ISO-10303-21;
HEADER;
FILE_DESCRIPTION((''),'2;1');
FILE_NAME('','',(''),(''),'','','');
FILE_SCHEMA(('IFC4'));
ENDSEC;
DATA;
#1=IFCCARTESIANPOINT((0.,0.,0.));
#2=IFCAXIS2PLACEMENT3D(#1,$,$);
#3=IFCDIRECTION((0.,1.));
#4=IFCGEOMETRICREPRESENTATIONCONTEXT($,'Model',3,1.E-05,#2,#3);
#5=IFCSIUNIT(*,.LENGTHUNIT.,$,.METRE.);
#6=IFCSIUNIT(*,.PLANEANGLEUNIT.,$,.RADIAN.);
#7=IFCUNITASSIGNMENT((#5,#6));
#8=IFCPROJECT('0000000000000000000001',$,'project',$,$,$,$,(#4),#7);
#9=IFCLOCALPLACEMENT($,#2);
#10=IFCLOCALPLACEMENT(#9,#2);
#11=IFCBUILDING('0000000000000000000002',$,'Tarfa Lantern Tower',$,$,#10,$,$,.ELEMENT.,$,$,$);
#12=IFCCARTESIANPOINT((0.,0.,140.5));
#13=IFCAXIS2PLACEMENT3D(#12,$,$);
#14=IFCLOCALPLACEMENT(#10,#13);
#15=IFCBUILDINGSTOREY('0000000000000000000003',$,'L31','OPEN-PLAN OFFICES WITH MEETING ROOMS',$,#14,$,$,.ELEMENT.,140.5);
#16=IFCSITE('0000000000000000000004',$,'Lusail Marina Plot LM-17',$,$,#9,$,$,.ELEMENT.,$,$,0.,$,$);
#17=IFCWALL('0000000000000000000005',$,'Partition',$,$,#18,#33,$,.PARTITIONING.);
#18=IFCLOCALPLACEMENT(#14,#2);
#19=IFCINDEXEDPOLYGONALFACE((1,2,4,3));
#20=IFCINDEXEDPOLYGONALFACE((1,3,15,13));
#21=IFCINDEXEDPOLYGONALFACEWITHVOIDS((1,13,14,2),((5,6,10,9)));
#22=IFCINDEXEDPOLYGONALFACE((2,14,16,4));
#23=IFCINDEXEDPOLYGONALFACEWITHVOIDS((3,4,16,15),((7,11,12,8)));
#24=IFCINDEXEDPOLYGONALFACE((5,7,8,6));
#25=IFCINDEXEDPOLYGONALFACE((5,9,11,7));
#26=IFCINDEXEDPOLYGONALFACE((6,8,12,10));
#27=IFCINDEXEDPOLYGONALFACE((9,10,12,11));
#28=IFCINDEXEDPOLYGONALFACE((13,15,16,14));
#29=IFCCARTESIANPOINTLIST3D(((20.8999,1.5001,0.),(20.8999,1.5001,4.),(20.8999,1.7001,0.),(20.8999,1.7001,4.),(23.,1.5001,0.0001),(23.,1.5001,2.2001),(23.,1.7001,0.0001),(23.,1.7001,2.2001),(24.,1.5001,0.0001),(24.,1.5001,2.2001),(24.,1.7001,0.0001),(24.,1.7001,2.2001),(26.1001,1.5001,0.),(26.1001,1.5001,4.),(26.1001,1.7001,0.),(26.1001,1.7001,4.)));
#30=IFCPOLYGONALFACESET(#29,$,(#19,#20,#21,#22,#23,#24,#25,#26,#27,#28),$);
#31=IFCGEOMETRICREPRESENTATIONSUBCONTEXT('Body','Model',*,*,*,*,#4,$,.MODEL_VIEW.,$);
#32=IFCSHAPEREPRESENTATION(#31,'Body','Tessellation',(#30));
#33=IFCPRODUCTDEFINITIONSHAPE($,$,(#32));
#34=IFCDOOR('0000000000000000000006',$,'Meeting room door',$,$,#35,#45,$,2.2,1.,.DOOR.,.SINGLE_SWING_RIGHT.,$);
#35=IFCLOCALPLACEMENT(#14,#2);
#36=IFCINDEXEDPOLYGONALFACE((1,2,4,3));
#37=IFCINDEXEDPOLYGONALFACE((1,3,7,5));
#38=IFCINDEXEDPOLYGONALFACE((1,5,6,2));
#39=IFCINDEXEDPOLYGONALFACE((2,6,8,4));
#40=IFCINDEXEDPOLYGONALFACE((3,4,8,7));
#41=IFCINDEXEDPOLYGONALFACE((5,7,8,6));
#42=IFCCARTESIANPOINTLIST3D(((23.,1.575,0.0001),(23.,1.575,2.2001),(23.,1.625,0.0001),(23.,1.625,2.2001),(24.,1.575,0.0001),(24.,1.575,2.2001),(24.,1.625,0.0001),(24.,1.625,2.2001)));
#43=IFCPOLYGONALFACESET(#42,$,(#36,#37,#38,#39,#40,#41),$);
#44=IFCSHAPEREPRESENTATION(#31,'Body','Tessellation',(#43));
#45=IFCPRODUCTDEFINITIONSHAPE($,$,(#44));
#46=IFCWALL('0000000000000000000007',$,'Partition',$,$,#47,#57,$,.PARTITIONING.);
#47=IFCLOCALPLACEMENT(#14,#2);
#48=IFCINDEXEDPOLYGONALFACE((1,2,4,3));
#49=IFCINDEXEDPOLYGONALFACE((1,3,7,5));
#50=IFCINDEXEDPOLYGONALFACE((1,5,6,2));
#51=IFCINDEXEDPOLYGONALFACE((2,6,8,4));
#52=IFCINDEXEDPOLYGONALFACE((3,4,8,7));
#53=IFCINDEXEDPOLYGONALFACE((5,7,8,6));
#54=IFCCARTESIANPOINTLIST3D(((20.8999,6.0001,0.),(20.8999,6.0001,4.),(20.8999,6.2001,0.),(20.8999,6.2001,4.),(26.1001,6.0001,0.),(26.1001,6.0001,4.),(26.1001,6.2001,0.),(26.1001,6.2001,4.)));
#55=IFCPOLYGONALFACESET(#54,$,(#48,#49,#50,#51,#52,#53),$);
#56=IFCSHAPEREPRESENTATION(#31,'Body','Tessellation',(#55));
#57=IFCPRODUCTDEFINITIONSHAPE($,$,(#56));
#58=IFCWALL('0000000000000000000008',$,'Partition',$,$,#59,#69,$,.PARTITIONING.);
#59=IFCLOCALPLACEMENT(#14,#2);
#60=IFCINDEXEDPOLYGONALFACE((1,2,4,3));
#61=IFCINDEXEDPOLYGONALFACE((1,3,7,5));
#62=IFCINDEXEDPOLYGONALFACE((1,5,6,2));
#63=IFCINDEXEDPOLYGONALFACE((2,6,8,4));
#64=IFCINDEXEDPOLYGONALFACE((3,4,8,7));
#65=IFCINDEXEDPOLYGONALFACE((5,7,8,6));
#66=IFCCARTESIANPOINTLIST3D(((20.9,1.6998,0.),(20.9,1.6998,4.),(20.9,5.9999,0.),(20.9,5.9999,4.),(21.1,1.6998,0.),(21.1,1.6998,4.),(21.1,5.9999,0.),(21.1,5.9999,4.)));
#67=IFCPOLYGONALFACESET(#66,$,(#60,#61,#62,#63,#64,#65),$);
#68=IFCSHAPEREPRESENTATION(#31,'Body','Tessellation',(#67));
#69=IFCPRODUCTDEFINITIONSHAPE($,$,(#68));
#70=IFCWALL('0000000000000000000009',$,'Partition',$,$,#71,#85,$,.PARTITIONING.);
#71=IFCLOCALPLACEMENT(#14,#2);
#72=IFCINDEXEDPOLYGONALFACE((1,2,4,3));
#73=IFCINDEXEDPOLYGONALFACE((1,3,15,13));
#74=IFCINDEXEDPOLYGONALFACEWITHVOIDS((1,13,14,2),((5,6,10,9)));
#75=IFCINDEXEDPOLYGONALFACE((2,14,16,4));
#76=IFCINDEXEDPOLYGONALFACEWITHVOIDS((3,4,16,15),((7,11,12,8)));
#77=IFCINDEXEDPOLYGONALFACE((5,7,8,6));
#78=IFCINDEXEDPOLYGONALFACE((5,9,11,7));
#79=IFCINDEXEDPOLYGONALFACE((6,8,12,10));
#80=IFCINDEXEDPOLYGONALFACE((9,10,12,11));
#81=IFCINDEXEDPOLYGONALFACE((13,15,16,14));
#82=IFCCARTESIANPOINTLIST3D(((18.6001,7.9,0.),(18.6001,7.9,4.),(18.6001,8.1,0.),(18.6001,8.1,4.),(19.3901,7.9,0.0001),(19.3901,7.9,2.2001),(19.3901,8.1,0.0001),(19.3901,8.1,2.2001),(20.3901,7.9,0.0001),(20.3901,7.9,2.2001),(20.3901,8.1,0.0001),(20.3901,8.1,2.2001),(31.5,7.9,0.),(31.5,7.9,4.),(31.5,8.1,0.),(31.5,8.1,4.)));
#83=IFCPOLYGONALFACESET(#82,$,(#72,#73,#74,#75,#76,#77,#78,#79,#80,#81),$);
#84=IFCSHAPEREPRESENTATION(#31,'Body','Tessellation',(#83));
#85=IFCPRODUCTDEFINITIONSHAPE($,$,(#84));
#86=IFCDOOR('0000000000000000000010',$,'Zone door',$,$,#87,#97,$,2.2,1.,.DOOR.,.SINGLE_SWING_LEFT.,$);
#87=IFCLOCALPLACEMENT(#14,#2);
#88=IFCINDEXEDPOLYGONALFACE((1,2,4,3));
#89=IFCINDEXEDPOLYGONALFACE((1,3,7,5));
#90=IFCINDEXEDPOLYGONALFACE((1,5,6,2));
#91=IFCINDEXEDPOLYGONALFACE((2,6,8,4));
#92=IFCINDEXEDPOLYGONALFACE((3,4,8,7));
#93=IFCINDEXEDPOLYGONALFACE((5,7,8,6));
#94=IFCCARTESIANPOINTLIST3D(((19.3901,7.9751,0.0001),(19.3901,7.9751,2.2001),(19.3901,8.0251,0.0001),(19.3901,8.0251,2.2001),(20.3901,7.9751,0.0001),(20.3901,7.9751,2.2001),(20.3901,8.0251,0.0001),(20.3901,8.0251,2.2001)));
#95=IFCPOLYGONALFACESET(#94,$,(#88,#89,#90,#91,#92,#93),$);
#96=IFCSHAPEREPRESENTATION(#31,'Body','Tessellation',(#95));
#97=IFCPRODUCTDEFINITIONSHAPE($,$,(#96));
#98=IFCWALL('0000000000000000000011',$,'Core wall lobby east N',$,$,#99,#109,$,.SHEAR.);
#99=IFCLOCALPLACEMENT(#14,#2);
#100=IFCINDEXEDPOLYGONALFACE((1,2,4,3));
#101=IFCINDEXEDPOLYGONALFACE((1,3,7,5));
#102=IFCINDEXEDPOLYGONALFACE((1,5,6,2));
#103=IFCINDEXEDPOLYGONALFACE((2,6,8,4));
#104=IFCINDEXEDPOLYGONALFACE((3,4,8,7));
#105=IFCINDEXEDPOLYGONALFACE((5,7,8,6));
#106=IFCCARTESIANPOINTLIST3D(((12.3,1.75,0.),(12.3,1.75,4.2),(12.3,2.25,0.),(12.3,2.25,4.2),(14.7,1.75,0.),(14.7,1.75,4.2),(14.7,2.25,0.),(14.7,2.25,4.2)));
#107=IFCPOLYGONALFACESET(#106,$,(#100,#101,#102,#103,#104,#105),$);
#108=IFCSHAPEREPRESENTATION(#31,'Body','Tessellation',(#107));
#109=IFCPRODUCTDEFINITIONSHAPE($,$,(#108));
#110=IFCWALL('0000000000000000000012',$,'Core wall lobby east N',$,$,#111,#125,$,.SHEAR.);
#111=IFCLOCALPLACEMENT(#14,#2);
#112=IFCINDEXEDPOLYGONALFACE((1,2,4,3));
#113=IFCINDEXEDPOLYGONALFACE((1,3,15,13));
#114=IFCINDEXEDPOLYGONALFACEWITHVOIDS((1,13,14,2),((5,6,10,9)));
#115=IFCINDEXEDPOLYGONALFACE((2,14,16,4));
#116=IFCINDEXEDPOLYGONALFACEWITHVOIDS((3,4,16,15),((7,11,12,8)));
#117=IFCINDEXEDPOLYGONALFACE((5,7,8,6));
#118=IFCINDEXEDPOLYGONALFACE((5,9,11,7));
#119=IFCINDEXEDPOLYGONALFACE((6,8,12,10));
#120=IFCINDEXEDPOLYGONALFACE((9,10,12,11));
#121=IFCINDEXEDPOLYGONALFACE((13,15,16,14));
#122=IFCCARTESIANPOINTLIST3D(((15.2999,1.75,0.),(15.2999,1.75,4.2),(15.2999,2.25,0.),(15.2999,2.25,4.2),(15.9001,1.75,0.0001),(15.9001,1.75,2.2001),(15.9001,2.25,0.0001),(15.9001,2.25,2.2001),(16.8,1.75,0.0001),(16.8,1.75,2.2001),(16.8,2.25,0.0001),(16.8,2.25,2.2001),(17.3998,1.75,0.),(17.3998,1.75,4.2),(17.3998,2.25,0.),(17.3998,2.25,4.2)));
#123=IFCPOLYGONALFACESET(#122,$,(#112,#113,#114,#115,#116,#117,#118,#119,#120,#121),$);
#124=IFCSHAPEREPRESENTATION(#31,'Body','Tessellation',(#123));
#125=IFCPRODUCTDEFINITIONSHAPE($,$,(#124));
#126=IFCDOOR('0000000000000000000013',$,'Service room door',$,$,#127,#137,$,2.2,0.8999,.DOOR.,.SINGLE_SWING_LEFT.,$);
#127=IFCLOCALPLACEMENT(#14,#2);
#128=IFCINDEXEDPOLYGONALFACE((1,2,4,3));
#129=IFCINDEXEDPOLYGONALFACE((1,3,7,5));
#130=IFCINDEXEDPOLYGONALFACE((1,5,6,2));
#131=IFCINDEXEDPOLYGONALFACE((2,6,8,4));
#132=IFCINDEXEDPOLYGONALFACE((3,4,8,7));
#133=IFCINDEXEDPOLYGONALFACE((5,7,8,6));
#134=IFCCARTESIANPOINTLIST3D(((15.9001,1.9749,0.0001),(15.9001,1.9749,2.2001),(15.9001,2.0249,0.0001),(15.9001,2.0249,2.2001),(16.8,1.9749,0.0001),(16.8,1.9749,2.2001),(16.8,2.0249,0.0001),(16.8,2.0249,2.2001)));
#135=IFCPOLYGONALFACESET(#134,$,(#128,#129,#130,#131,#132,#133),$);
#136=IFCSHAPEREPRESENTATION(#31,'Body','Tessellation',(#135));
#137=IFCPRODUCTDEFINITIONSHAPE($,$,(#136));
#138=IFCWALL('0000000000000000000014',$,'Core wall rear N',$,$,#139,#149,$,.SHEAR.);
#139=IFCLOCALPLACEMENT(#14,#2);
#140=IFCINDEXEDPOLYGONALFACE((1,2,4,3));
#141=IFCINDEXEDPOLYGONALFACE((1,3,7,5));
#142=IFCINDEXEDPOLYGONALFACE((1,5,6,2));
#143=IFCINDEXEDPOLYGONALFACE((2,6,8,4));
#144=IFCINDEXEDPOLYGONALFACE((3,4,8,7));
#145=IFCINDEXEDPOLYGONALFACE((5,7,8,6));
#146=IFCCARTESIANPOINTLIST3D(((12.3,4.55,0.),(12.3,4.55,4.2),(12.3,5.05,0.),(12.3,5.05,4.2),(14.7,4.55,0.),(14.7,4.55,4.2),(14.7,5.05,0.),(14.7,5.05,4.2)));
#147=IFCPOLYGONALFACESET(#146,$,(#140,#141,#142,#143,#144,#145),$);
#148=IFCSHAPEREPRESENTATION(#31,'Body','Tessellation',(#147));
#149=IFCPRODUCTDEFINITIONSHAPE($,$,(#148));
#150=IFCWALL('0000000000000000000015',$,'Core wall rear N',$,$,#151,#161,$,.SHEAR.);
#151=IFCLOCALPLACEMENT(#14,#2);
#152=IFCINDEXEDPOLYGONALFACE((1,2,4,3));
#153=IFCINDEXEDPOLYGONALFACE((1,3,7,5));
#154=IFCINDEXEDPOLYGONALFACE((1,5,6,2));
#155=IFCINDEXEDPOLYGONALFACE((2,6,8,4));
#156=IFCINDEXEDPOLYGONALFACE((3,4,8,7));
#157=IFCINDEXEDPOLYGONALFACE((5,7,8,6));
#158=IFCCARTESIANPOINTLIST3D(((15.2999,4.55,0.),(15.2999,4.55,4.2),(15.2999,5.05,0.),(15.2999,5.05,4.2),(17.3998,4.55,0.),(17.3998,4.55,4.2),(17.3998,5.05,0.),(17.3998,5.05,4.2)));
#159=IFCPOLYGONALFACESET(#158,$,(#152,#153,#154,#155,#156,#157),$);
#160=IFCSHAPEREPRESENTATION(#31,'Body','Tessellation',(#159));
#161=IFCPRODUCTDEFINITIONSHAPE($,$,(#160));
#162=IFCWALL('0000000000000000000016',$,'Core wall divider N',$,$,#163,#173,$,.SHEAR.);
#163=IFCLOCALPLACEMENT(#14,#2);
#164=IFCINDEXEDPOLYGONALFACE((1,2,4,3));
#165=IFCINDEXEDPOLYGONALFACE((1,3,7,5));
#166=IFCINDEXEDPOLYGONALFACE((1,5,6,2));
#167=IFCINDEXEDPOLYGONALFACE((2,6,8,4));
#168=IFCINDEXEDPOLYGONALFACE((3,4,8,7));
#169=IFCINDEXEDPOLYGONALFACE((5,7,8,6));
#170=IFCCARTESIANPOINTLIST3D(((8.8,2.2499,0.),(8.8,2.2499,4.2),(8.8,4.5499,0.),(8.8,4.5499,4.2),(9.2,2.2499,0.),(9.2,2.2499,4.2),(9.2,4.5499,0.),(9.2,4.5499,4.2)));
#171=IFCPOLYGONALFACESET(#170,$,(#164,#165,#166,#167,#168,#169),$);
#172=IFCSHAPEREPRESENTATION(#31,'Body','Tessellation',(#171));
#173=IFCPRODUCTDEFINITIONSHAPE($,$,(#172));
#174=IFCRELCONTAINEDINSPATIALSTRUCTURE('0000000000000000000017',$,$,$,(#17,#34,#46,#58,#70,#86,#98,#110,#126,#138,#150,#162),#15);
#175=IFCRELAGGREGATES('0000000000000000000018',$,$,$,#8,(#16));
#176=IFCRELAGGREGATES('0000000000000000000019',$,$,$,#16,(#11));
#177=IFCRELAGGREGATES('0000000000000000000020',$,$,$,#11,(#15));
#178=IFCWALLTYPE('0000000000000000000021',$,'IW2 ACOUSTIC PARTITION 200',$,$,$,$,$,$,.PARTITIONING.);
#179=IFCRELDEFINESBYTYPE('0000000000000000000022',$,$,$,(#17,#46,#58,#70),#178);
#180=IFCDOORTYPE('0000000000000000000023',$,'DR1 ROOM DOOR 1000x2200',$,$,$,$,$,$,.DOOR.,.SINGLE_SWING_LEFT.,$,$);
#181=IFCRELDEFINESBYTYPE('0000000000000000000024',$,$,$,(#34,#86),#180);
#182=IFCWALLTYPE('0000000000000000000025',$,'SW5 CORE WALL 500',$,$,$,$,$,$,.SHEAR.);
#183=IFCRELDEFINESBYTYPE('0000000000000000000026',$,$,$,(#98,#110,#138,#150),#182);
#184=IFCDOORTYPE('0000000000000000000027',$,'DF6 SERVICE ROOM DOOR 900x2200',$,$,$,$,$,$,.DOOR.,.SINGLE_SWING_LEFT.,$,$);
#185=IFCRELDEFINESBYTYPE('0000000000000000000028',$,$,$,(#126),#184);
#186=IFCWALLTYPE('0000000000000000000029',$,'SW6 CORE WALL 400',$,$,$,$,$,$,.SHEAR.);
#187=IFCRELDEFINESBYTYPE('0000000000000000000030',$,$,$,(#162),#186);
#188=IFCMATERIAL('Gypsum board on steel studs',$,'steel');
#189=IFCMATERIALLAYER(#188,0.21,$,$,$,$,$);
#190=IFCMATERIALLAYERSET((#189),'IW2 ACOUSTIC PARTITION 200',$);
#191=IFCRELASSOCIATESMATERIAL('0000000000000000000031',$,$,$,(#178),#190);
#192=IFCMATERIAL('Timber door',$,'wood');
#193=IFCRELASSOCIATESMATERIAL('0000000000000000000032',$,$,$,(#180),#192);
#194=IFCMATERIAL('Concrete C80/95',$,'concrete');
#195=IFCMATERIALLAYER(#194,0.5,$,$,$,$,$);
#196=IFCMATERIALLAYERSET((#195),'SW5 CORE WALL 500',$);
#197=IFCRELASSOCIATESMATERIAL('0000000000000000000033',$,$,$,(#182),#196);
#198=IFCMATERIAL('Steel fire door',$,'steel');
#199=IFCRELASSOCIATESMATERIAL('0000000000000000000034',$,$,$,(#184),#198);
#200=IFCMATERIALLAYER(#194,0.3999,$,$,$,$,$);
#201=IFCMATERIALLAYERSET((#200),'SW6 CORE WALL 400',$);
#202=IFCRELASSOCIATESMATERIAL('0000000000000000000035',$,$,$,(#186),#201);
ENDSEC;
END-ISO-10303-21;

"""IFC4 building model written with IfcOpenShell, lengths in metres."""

from ifc_helpers import new_model, si_unit, direction, frame, frame_2d, origin, place, context, subcontext, project, spatial, rectangle, extrude, material, layer, layer_set, type_object, element, fill, save


model = new_model("IFC4")

# Units and contexts
model_context = context("Model", 3, precision=1e-05, world=origin(), true_north=direction((0.0, 1.0)))
body_context = subcontext(model_context, "Body", "Model", "MODEL_VIEW")
ifc_project = project(units=[si_unit("LENGTHUNIT", "METRE"), si_unit("PLANEANGLEUNIT", "RADIAN")], contexts=[model_context])

# Site, building, storey
site_placement = place(None, origin())
site = spatial("IfcSite", under=ifc_project, at=site_placement, Name="Lusail Marina Plot LM-17", CompositionType="ELEMENT", RefElevation=0.0)
building_placement = place(site_placement, origin())
building = spatial("IfcBuilding", under=site, at=building_placement, Name="Tarfa Lantern Tower", CompositionType="ELEMENT")
storey_placement = place(building_placement, frame((0.0, 0.0, 140.5)))
storey = spatial("IfcBuildingStorey", under=building, at=storey_placement, Name="L31", Description="OPEN-PLAN OFFICES WITH MEETING ROOMS", CompositionType="ELEMENT", Elevation=140.5)

# Shared definitions
ifc_material_1 = material(Name="Gypsum board on steel studs", Category="steel")
ifc_layer_1 = layer(ifc_material_1, 0.21)
ifc_layer_set_1 = layer_set([ifc_layer_1], Name="IW2 ACOUSTIC PARTITION 200")
wall_type_1 = type_object("IfcWallType", Name="IW2 ACOUSTIC PARTITION 200", PredefinedType="PARTITIONING", material=ifc_layer_set_1)

# Wall, opening, door
wall_1_placement = place(storey_placement, frame((20.8999, 1.6001, 0.0), z_axis=(0.0, 0.0, 1.0), x_axis=(1.0, 0.0, 0.0)))
wall_1 = element("IfcWall", 1, at=wall_1_placement, inside=storey, type_object=wall_type_1, Name="Partition", PredefinedType="PARTITIONING", context=body_context, shape_type="SweptSolid", body=[
    extrude(rectangle(XDim=5.2002, YDim=0.2, at=frame_2d((2.6001, 0.0))), origin(), (0.0, 0.0, 1.0), 4.0),
])
opening_1_placement = place(wall_1_placement, frame((2.1001, 0.0, 0.0)))
opening_1 = element("IfcOpeningElement", 2, at=opening_1_placement, cuts=wall_1, PredefinedType="OPENING", context=body_context, shape_type="SweptSolid", body=[
    extrude(rectangle(XDim=1.0, YDim=2.2, at=frame_2d((0.5, 1.1001))), frame((0.0, 0.1099, 0.0), z_axis=(0.0, -1.0, 0.0), x_axis=(1.0, 0.0, 0.0)), (0.0, 0.0, 1.0), 0.22),
])
ifc_material_2 = material(Name="Timber door", Category="wood")
door_type_1 = type_object("IfcDoorType", Name="DR1 ROOM DOOR 1000x2200", OperationType="SINGLE_SWING_LEFT", PredefinedType="DOOR", material=ifc_material_2)
door_1_placement = place(opening_1_placement, origin())
door_1 = element("IfcDoor", 3, at=door_1_placement, inside=storey, type_object=door_type_1, Name="Meeting room door", OperationType="SINGLE_SWING_RIGHT", OverallHeight=2.2, OverallWidth=1.0, PredefinedType="DOOR", context=body_context, shape_type="SweptSolid", body=[
    extrude(rectangle(XDim=1.0, YDim=2.2, at=frame_2d((0.5, 1.1001))), frame((0.0, 0.0249, 0.0), z_axis=(0.0, -1.0, 0.0), x_axis=(1.0, 0.0, 0.0)), (0.0, 0.0, 1.0), 0.05),
])
fill(opening_1, door_1)

# Walls
wall_2_placement = place(storey_placement, frame((20.8999, 6.1001, 0.0), z_axis=(0.0, 0.0, 1.0), x_axis=(1.0, 0.0, 0.0)))
element("IfcWall", 4, at=wall_2_placement, inside=storey, type_object=wall_type_1, Name="Partition", PredefinedType="PARTITIONING", context=body_context, shape_type="SweptSolid", body=[
    extrude(rectangle(XDim=5.2002, YDim=0.2, at=frame_2d((2.6001, 0.0))), origin(), (0.0, 0.0, 1.0), 4.0),
])
wall_3_placement = place(storey_placement, frame((21.0, 1.7, 0.0), z_axis=(0.0, 0.0, 1.0), x_axis=(0.0, 1.0, 0.0)))
element("IfcWall", 5, at=wall_3_placement, inside=storey, type_object=wall_type_1, Name="Partition", PredefinedType="PARTITIONING", context=body_context, shape_type="SweptSolid", body=[
    extrude(rectangle(XDim=4.3, YDim=0.2, at=frame_2d((2.1499, 0.0))), origin(), (0.0, 0.0, 1.0), 4.0),
])

# Wall, opening, door
wall_4_placement = place(storey_placement, frame((18.6001, 8.0, 0.0), z_axis=(0.0, 0.0, 1.0), x_axis=(1.0, 0.0, 0.0)))
wall_4 = element("IfcWall", 6, at=wall_4_placement, inside=storey, type_object=wall_type_1, Name="Partition", PredefinedType="PARTITIONING", context=body_context, shape_type="SweptSolid", body=[
    extrude(rectangle(XDim=12.8999, YDim=0.2, at=frame_2d((6.45, 0.0))), origin(), (0.0, 0.0, 1.0), 4.0),
])
opening_2_placement = place(wall_4_placement, frame((0.79, 0.0, 0.0)))
opening_2 = element("IfcOpeningElement", 7, at=opening_2_placement, cuts=wall_4, PredefinedType="OPENING", context=body_context, shape_type="SweptSolid", body=[
    extrude(rectangle(XDim=1.0, YDim=2.2, at=frame_2d((0.5, 1.1001))), frame((0.0, 0.1099, 0.0), z_axis=(0.0, -1.0, 0.0), x_axis=(1.0, 0.0, 0.0)), (0.0, 0.0, 1.0), 0.22),
])
door_2_placement = place(opening_2_placement, frame((1.0, 0.0, 0.0), z_axis=(0.0, 0.0, 1.0), x_axis=(-1.0, 0.0, 0.0)))
door_2 = element("IfcDoor", 8, at=door_2_placement, inside=storey, type_object=door_type_1, Name="Zone door", OperationType="SINGLE_SWING_LEFT", OverallHeight=2.2, OverallWidth=1.0, PredefinedType="DOOR", context=body_context, shape_type="SweptSolid", body=[
    extrude(rectangle(XDim=1.0, YDim=2.2, at=frame_2d((0.5, 1.1001))), frame((0.0, 0.0249, 0.0), z_axis=(0.0, -1.0, 0.0), x_axis=(1.0, 0.0, 0.0)), (0.0, 0.0, 1.0), 0.05),
])
fill(opening_2, door_2)

# Wall
ifc_material_3 = material(Name="Concrete C80/95", Category="concrete")
ifc_layer_2 = layer(ifc_material_3, 0.5)
ifc_layer_set_2 = layer_set([ifc_layer_2], Name="SW5 CORE WALL 500")
wall_type_2 = type_object("IfcWallType", Name="SW5 CORE WALL 500", PredefinedType="SHEAR", material=ifc_layer_set_2)
wall_5_placement = place(storey_placement, frame((12.3, 2.0, 0.0), z_axis=(0.0, 0.0, 1.0), x_axis=(1.0, 0.0, 0.0)))
element("IfcWall", 9, at=wall_5_placement, inside=storey, type_object=wall_type_2, Name="Core wall lobby east N", PredefinedType="SHEAR", context=body_context, shape_type="SweptSolid", body=[
    extrude(rectangle(XDim=2.3999, YDim=0.5, at=frame_2d((1.2, 0.0))), origin(), (0.0, 0.0, 1.0), 4.2),
])

# Wall, opening, door
wall_6_placement = place(storey_placement, frame((15.3, 2.0, 0.0), z_axis=(0.0, 0.0, 1.0), x_axis=(1.0, 0.0, 0.0)))
wall_6 = element("IfcWall", 10, at=wall_6_placement, inside=storey, type_object=wall_type_2, Name="Core wall lobby east N", PredefinedType="SHEAR", context=body_context, shape_type="SweptSolid", body=[
    extrude(rectangle(XDim=2.0999, YDim=0.5, at=frame_2d((1.0498, 0.0))), origin(), (0.0, 0.0, 1.0), 4.2),
])
opening_3_placement = place(wall_6_placement, frame((0.6001, 0.0, 0.0)))
opening_3 = element("IfcOpeningElement", 11, at=opening_3_placement, cuts=wall_6, PredefinedType="OPENING", context=body_context, shape_type="SweptSolid", body=[
    extrude(rectangle(XDim=0.8999, YDim=2.2, at=frame_2d((0.45, 1.1001))), frame((0.0, 0.26, 0.0), z_axis=(0.0, -1.0, 0.0), x_axis=(1.0, 0.0, 0.0)), (0.0, 0.0, 1.0), 0.52),
])
ifc_material_4 = material(Name="Steel fire door", Category="steel")
door_type_2 = type_object("IfcDoorType", Name="DF6 SERVICE ROOM DOOR 900x2200", OperationType="SINGLE_SWING_LEFT", PredefinedType="DOOR", material=ifc_material_4)
door_3_placement = place(opening_3_placement, origin())
door_3 = element("IfcDoor", 12, at=door_3_placement, inside=storey, type_object=door_type_2, Name="Service room door", OperationType="SINGLE_SWING_LEFT", OverallHeight=2.2, OverallWidth=0.8999, PredefinedType="DOOR", context=body_context, shape_type="SweptSolid", body=[
    extrude(rectangle(XDim=0.8999, YDim=2.2, at=frame_2d((0.45, 1.1001))), frame((0.0, 0.0249, 0.0), z_axis=(0.0, -1.0, 0.0), x_axis=(1.0, 0.0, 0.0)), (0.0, 0.0, 1.0), 0.05),
])
fill(opening_3, door_3)

# Walls
wall_7_placement = place(storey_placement, frame((12.3, 4.8, 0.0), z_axis=(0.0, 0.0, 1.0), x_axis=(1.0, 0.0, 0.0)))
element("IfcWall", 13, at=wall_7_placement, inside=storey, type_object=wall_type_2, Name="Core wall rear N", PredefinedType="SHEAR", context=body_context, shape_type="SweptSolid", body=[
    extrude(rectangle(XDim=2.3999, YDim=0.5, at=frame_2d((1.2, 0.0))), origin(), (0.0, 0.0, 1.0), 4.2),
])
wall_8_placement = place(storey_placement, frame((15.3, 4.8, 0.0), z_axis=(0.0, 0.0, 1.0), x_axis=(1.0, 0.0, 0.0)))
element("IfcWall", 14, at=wall_8_placement, inside=storey, type_object=wall_type_2, Name="Core wall rear N", PredefinedType="SHEAR", context=body_context, shape_type="SweptSolid", body=[
    extrude(rectangle(XDim=2.0999, YDim=0.5, at=frame_2d((1.0498, 0.0))), origin(), (0.0, 0.0, 1.0), 4.2),
])
ifc_layer_3 = layer(ifc_material_3, 0.3999)
ifc_layer_set_3 = layer_set([ifc_layer_3], Name="SW6 CORE WALL 400")
wall_type_3 = type_object("IfcWallType", Name="SW6 CORE WALL 400", PredefinedType="SHEAR", material=ifc_layer_set_3)
wall_9_placement = place(storey_placement, frame((9.0, 2.25, 0.0), z_axis=(0.0, 0.0, 1.0), x_axis=(0.0, 1.0, 0.0)))
element("IfcWall", 15, at=wall_9_placement, inside=storey, type_object=wall_type_3, Name="Core wall divider N", PredefinedType="SHEAR", context=body_context, shape_type="SweptSolid", body=[
    extrude(rectangle(XDim=2.3, YDim=0.3999, at=frame_2d((1.1499, 0.0))), origin(), (0.0, 0.0, 1.0), 4.2),
])

save(model, "model.ifc")
